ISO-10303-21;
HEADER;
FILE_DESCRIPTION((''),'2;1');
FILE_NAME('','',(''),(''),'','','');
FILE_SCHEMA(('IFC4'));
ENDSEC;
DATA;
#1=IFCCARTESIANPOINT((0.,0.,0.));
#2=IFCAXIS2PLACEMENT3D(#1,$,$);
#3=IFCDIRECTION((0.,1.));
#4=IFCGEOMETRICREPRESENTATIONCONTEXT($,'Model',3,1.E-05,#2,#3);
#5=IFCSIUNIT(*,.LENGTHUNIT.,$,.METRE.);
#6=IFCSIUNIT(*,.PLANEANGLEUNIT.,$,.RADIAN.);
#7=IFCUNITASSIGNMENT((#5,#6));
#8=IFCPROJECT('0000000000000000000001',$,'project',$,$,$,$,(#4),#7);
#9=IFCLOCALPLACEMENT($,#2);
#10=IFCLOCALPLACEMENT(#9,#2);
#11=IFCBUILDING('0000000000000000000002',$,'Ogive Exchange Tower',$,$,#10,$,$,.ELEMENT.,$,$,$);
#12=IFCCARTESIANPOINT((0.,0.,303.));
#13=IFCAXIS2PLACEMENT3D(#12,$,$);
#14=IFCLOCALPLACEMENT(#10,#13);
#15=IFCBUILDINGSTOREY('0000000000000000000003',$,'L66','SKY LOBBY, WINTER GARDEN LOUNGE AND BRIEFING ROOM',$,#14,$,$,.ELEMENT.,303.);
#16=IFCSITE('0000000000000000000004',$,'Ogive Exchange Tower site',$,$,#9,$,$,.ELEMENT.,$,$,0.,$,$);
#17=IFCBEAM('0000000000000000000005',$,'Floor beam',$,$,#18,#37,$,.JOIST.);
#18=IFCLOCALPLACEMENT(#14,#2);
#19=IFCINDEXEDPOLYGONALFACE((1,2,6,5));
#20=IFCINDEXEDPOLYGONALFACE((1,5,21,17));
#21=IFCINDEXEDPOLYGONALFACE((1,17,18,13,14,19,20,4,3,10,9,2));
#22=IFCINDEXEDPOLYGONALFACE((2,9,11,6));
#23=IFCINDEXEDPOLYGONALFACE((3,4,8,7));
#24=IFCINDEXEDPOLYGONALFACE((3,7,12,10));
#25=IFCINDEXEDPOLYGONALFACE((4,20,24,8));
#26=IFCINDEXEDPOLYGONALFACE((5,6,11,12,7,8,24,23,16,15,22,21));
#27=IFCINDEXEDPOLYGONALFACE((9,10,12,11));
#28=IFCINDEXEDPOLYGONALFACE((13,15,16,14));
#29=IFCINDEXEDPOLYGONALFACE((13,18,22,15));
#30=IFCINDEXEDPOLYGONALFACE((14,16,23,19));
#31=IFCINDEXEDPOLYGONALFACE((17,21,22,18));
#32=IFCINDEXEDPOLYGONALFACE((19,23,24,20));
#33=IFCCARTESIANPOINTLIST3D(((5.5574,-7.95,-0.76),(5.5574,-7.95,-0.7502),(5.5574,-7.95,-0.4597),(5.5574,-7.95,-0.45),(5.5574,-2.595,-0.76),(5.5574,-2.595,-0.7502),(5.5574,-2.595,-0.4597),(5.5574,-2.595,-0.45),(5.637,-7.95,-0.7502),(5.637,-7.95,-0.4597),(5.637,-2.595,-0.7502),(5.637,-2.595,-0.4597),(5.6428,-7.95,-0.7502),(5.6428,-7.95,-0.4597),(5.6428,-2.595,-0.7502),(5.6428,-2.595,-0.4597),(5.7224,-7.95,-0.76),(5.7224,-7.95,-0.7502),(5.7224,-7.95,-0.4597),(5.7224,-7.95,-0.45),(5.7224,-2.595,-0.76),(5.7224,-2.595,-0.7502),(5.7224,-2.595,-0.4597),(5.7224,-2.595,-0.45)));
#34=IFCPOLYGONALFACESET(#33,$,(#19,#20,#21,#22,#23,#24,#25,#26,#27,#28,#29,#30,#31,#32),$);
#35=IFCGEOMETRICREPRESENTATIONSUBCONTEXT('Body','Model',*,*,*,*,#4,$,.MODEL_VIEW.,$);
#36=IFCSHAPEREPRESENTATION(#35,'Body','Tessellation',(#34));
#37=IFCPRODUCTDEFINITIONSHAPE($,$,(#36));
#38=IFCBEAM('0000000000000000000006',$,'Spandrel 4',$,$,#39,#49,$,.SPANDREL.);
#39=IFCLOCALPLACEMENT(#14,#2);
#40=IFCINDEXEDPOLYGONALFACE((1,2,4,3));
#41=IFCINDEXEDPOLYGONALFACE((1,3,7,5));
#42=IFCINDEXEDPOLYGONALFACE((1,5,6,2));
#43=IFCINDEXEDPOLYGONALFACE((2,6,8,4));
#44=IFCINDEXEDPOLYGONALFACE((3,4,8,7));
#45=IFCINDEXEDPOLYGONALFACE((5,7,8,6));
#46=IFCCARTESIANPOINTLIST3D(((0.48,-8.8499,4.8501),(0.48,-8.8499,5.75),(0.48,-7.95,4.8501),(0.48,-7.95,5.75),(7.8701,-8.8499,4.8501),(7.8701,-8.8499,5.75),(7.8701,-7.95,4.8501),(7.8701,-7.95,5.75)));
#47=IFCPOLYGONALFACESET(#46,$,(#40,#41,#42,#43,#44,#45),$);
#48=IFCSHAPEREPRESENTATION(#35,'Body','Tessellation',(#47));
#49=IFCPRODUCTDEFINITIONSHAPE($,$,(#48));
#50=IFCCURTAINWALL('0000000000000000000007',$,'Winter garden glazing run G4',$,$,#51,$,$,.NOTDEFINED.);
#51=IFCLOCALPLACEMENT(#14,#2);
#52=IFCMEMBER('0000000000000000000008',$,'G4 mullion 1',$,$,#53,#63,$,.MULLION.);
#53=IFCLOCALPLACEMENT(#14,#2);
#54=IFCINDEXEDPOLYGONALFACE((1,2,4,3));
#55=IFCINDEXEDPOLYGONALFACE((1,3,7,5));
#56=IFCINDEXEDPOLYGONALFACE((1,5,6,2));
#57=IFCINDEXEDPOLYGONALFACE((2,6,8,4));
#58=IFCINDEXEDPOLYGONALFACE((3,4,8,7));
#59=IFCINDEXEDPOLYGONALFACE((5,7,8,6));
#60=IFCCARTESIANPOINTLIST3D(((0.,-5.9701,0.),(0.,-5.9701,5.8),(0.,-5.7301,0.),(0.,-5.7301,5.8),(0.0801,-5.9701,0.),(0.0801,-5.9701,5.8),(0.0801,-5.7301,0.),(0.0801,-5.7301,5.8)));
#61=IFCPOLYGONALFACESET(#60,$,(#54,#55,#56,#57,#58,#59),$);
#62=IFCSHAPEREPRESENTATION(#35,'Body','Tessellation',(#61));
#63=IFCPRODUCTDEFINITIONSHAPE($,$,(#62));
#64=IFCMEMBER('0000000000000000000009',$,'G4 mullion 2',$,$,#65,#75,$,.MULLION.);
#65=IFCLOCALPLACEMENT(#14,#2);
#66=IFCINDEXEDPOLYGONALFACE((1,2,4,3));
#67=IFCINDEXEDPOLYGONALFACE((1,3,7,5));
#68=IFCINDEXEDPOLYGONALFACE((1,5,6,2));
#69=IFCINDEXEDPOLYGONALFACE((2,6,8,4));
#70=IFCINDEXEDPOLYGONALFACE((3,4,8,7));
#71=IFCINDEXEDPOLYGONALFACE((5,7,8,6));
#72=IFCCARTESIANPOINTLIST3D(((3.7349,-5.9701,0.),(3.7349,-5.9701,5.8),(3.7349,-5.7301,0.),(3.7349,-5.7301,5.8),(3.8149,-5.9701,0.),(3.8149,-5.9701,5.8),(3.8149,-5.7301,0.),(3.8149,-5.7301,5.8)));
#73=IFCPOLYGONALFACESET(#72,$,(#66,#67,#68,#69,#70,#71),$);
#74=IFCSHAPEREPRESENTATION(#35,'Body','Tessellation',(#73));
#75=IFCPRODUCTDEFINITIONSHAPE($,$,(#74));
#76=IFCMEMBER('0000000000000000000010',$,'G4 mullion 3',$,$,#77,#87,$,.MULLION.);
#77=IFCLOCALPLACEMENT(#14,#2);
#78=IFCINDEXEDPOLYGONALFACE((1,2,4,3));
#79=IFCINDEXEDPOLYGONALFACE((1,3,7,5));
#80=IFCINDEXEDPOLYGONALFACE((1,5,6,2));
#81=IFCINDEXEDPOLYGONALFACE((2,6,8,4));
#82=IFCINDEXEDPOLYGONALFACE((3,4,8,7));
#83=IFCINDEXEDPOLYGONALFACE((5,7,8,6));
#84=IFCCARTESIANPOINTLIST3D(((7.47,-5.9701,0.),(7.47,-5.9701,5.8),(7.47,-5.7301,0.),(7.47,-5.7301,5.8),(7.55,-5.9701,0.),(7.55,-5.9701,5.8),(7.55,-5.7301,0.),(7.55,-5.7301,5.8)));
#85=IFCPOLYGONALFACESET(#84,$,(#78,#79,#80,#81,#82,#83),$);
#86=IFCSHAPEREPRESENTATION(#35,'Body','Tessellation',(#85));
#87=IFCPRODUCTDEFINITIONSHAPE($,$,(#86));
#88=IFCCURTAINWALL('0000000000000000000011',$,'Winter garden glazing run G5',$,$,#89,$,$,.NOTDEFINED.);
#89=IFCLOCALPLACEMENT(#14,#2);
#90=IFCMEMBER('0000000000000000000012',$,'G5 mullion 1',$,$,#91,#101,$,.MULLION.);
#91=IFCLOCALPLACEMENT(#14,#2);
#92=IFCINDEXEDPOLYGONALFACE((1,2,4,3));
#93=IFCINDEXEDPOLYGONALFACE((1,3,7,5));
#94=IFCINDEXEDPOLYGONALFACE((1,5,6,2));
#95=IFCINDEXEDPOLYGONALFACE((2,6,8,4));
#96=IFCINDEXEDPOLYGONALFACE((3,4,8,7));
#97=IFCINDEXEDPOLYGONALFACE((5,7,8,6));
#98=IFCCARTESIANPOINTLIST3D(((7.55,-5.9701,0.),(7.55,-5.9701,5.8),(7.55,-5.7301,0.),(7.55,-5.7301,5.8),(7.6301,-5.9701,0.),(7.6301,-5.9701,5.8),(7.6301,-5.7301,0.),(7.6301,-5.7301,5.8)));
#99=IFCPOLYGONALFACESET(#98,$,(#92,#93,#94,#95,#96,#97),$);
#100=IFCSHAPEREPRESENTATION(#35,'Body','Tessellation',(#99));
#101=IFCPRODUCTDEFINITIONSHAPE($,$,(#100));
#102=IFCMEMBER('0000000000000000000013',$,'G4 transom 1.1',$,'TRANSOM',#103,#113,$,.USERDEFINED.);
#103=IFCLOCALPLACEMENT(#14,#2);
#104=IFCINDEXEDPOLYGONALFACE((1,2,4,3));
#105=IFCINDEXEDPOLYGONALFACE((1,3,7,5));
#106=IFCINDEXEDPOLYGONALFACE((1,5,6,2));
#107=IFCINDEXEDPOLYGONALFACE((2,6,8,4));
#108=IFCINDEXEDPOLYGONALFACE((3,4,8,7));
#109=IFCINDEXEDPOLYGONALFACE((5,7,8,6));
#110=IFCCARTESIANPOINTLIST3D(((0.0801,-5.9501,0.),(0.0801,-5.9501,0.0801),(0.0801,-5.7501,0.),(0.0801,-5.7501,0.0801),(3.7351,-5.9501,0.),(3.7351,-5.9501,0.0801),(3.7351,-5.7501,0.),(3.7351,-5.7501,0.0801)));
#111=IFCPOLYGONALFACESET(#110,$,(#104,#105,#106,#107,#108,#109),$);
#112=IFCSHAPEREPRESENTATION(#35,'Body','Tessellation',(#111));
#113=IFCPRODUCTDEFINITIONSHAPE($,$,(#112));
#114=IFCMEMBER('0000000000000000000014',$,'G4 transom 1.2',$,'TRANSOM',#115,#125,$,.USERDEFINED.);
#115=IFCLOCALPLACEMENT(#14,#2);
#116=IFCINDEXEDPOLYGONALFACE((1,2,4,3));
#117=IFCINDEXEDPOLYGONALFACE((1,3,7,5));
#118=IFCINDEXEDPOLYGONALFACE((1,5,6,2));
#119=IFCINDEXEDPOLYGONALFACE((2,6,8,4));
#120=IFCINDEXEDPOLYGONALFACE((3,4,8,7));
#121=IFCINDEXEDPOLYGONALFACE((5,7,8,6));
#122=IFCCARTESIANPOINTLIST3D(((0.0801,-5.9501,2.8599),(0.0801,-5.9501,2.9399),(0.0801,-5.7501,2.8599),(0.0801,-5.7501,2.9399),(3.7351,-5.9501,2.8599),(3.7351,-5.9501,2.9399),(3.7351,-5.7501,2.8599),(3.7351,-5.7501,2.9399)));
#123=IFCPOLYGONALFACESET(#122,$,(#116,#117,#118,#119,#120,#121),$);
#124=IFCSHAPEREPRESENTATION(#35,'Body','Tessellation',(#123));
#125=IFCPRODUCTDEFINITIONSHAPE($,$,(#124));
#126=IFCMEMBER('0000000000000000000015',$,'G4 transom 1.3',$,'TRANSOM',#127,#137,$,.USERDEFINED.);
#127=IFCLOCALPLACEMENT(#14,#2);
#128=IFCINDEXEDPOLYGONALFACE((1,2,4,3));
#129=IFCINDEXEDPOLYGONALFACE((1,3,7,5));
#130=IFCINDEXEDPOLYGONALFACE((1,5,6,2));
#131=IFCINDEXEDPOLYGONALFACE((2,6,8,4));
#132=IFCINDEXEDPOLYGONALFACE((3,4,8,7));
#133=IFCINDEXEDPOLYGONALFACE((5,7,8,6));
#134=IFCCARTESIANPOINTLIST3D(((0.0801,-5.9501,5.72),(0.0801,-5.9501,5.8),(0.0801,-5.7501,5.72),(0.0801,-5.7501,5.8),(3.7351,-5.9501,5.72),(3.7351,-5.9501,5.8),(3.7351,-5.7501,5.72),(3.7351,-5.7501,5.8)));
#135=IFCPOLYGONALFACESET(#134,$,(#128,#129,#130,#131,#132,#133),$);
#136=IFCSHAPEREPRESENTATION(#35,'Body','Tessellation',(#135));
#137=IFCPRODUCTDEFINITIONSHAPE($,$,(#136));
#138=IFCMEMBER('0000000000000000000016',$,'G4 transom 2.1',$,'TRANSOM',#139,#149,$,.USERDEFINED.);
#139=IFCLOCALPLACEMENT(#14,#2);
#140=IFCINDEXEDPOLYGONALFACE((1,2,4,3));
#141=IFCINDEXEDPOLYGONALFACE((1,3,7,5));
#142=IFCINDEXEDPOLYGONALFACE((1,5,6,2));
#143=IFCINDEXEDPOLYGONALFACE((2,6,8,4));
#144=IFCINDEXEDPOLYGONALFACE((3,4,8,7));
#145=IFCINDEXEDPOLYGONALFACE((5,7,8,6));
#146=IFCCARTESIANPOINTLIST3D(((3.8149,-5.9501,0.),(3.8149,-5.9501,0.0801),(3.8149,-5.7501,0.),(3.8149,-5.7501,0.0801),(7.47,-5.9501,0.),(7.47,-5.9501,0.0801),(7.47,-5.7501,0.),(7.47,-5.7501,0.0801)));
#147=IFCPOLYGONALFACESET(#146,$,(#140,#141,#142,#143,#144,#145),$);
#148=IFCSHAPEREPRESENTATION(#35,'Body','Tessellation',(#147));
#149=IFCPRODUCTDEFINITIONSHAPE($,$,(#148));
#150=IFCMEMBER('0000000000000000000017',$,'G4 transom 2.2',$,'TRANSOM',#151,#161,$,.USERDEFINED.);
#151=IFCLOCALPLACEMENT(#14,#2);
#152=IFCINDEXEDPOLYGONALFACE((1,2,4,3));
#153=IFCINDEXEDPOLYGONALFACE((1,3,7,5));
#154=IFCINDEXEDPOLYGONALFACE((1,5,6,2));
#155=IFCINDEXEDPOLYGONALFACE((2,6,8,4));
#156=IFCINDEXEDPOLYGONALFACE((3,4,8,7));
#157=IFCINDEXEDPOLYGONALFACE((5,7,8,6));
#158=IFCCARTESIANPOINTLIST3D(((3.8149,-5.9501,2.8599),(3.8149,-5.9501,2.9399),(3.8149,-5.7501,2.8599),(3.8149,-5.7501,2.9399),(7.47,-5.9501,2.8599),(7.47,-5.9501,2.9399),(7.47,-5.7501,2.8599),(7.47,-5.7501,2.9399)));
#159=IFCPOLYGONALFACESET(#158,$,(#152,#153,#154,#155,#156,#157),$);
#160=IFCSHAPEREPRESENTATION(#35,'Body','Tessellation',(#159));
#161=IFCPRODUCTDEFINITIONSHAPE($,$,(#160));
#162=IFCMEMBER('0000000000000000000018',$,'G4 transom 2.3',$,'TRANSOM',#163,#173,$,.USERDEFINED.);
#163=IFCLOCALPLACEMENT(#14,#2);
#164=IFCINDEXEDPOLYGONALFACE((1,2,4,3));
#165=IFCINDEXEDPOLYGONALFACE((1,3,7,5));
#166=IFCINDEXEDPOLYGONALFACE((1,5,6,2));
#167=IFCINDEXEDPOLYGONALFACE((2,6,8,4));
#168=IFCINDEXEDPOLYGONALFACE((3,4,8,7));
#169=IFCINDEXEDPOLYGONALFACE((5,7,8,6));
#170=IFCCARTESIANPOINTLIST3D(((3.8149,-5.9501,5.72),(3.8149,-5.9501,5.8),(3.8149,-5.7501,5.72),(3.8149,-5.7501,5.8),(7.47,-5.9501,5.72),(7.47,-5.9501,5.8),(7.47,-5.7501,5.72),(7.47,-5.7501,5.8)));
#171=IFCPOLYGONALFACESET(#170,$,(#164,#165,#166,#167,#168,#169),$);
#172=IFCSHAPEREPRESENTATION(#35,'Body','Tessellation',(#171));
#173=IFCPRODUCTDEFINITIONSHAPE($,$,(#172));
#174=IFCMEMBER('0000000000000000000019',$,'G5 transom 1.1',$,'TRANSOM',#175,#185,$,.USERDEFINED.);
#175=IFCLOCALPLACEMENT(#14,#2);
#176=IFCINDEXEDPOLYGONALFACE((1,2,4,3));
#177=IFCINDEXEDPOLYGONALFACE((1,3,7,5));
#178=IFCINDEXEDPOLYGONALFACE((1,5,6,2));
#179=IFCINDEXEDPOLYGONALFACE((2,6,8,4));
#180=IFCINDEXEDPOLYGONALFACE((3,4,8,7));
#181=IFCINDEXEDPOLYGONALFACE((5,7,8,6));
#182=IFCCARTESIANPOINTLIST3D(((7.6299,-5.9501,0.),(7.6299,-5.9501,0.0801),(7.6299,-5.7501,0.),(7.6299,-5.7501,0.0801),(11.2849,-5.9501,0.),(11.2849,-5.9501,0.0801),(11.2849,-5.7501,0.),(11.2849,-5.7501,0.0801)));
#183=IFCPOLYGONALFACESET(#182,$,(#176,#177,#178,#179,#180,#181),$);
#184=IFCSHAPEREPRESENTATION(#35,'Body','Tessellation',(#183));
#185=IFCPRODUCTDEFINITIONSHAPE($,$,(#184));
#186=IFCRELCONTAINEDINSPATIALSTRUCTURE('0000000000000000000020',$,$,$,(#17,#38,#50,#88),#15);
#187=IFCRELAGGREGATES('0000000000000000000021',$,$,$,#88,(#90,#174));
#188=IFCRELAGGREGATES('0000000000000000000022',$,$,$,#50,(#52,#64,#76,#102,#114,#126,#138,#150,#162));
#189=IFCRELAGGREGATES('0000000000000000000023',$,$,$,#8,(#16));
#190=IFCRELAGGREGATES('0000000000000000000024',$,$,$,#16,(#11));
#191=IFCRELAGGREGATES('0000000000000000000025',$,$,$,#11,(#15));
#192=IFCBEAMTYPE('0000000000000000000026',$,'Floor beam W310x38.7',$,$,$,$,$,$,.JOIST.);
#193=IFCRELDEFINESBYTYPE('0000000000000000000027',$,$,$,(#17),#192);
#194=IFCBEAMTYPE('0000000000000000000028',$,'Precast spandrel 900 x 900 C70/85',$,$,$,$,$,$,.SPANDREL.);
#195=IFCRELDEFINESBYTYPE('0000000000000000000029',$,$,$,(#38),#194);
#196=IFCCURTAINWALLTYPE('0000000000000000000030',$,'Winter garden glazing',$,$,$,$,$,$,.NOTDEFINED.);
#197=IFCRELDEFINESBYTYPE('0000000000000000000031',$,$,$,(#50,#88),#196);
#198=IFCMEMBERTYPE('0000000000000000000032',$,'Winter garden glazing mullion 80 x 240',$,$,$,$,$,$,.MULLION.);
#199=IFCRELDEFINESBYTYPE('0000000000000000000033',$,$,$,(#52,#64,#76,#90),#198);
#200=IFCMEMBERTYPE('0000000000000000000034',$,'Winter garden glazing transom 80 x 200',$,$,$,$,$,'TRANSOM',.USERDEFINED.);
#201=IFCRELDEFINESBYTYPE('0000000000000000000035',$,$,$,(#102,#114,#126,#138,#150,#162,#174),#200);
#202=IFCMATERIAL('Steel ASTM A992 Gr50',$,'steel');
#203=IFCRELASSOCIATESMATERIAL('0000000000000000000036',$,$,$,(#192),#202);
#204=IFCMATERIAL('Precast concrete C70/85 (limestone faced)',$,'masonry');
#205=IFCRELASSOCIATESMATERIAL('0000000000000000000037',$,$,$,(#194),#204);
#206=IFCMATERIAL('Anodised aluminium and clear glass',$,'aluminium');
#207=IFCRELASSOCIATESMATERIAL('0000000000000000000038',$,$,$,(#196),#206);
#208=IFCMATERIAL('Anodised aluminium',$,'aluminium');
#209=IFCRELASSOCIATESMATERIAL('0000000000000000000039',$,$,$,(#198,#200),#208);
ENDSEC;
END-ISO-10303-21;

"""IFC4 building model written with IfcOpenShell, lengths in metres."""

from ifc_helpers import new_model, si_unit, direction, frame, origin, origin_2d, place, context, subcontext, project, spatial, rectangle, i_section, extrude, material, material_profile, profile_set, type_object, element, aggregate, save


model = new_model("IFC4")

# Units and contexts
model_context = context("Model", 3, precision=1e-05, world=origin(), true_north=direction((0.0, 1.0)))
body_context = subcontext(model_context, "Body", "Model", "MODEL_VIEW")
ifc_project = project(units=[si_unit("LENGTHUNIT", "METRE"), si_unit("PLANEANGLEUNIT", "RADIAN")], contexts=[model_context])

# Site, building, storey
site_placement = place(None, origin())
site = spatial("IfcSite", under=ifc_project, at=site_placement, Name="Ogive Exchange Tower site", CompositionType="ELEMENT", RefElevation=0.0)
building_placement = place(site_placement, origin())
building = spatial("IfcBuilding", under=site, at=building_placement, Name="Ogive Exchange Tower", CompositionType="ELEMENT")
storey_placement = place(building_placement, frame((0.0, 0.0, 303.0)))
storey = spatial("IfcBuildingStorey", under=building, at=storey_placement, Name="L66", Description="SKY LOBBY, WINTER GARDEN LOUNGE AND BRIEFING ROOM", CompositionType="ELEMENT", Elevation=303.0)

# Beams
ifc_material_1 = material(Name="Steel ASTM A992 Gr50", Category="steel")
ifc_material_profile_1 = material_profile(ifc_material_1, i_section(OverallWidth=0.165, OverallDepth=0.3101, WebThickness=0.0059, FlangeThickness=0.0098, at=origin_2d()), Name="W310x38.7")
ifc_profile_set_1 = profile_set([ifc_material_profile_1], Name="Steel ASTM A992 Gr50")
beam_type_1 = type_object("IfcBeamType", Name="Floor beam W310x38.7", PredefinedType="JOIST", material=ifc_profile_set_1)
beam_1_placement = place(storey_placement, frame((5.6399, -7.95, -0.605), z_axis=(0.0, 1.0, 0.0), x_axis=(-1.0, 0.0, 0.0)))
element("IfcBeam", 1, at=beam_1_placement, inside=storey, type_object=beam_type_1, Name="Floor beam", PredefinedType="JOIST", context=body_context, shape_type="SweptSolid", body=[
    extrude(i_section(OverallWidth=0.165, OverallDepth=0.3101, WebThickness=0.0059, FlangeThickness=0.0098, at=origin_2d()), origin(), (0.0, 0.0, 1.0), 5.355),
])
ifc_material_2 = material(Name="Precast concrete C70/85 (limestone faced)", Category="masonry")
ifc_material_profile_2 = material_profile(ifc_material_2, rectangle(XDim=0.8999, YDim=0.8999, at=origin_2d()), Name="900 x 900")
ifc_profile_set_2 = profile_set([ifc_material_profile_2], Name="Precast concrete C70/85 (limestone faced)")
beam_type_2 = type_object("IfcBeamType", Name="Precast spandrel 900 x 900 C70/85", PredefinedType="SPANDREL", material=ifc_profile_set_2)
beam_2_placement = place(storey_placement, frame((0.48, -8.3999, 5.3), z_axis=(1.0, 0.0, 0.0), x_axis=(0.0, 1.0, 0.0)))
element("IfcBeam", 2, at=beam_2_placement, inside=storey, type_object=beam_type_2, Name="Spandrel 4", PredefinedType="SPANDREL", context=body_context, shape_type="SweptSolid", body=[
    extrude(rectangle(XDim=0.8999, YDim=0.8999, at=origin_2d()), origin(), (0.0, 0.0, 1.0), 7.3901),
])

# Curtain wall, members
ifc_material_3 = material(Name="Anodised aluminium and clear glass", Category="aluminium")
curtain_wall_type = type_object("IfcCurtainWallType", Name="Winter garden glazing", PredefinedType="NOTDEFINED", material=ifc_material_3)
curtain_wall_1_placement = place(storey_placement, origin())
curtain_wall_1 = element("IfcCurtainWall", 3, at=curtain_wall_1_placement, inside=storey, type_object=curtain_wall_type, Name="Winter garden glazing run G4", PredefinedType="NOTDEFINED")
ifc_material_4 = material(Name="Anodised aluminium", Category="aluminium")
ifc_material_profile_3 = material_profile(ifc_material_4, rectangle(XDim=0.24, YDim=0.0801, at=origin_2d()), Name="AL 80x240")
ifc_profile_set_3 = profile_set([ifc_material_profile_3], Name="Anodised aluminium")
member_type_1 = type_object("IfcMemberType", Name="Winter garden glazing mullion 80 x 240", PredefinedType="MULLION", material=ifc_profile_set_3)
member_1_placement = place(storey_placement, frame((0.04, -5.8501, 0.0), z_axis=(0.0, 0.0, 1.0), x_axis=(0.0, 1.0, 0.0)))
member_1 = element("IfcMember", 4, at=member_1_placement, type_object=member_type_1, Name="G4 mullion 1", PredefinedType="MULLION", context=body_context, shape_type="SweptSolid", body=[
    extrude(rectangle(XDim=0.24, YDim=0.0801, at=origin_2d()), origin(), (0.0, 0.0, 1.0), 5.8),
])
member_2_placement = place(storey_placement, frame((3.7749, -5.8501, 0.0), z_axis=(0.0, 0.0, 1.0), x_axis=(0.0, 1.0, 0.0)))
member_2 = element("IfcMember", 5, at=member_2_placement, type_object=member_type_1, Name="G4 mullion 2", PredefinedType="MULLION", context=body_context, shape_type="SweptSolid", body=[
    extrude(rectangle(XDim=0.24, YDim=0.0801, at=origin_2d()), origin(), (0.0, 0.0, 1.0), 5.8),
])
member_3_placement = place(storey_placement, frame((7.51, -5.8501, 0.0), z_axis=(0.0, 0.0, 1.0), x_axis=(0.0, 1.0, 0.0)))
member_3 = element("IfcMember", 6, at=member_3_placement, type_object=member_type_1, Name="G4 mullion 3", PredefinedType="MULLION", context=body_context, shape_type="SweptSolid", body=[
    extrude(rectangle(XDim=0.24, YDim=0.0801, at=origin_2d()), origin(), (0.0, 0.0, 1.0), 5.8),
])

# Curtain wall, member
curtain_wall_2_placement = place(storey_placement, origin())
curtain_wall_2 = element("IfcCurtainWall", 7, at=curtain_wall_2_placement, inside=storey, type_object=curtain_wall_type, Name="Winter garden glazing run G5", PredefinedType="NOTDEFINED")
member_4_placement = place(storey_placement, frame((7.5901, -5.8501, 0.0), z_axis=(0.0, 0.0, 1.0), x_axis=(0.0, 1.0, 0.0)))
member_4 = element("IfcMember", 8, at=member_4_placement, type_object=member_type_1, Name="G5 mullion 1", PredefinedType="MULLION", context=body_context, shape_type="SweptSolid", body=[
    extrude(rectangle(XDim=0.24, YDim=0.0801, at=origin_2d()), origin(), (0.0, 0.0, 1.0), 5.8),
])

# Members
ifc_material_profile_4 = material_profile(ifc_material_4, rectangle(XDim=0.2, YDim=0.0801, at=origin_2d()), Name="AL 80x200")
ifc_profile_set_4 = profile_set([ifc_material_profile_4], Name="Anodised aluminium")
member_type_2 = type_object("IfcMemberType", Name="Winter garden glazing transom 80 x 200", ElementType="TRANSOM", PredefinedType="USERDEFINED", material=ifc_profile_set_4)
member_5_placement = place(storey_placement, frame((0.0801, -5.8501, 0.04), z_axis=(1.0, 0.0, 0.0), x_axis=(0.0, 1.0, 0.0)))
member_5 = element("IfcMember", 9, at=member_5_placement, type_object=member_type_2, Name="G4 transom 1.1", ObjectType="TRANSOM", PredefinedType="USERDEFINED", context=body_context, shape_type="SweptSolid", body=[
    extrude(rectangle(XDim=0.2, YDim=0.0801, at=origin_2d()), origin(), (0.0, 0.0, 1.0), 3.655),
])
member_6_placement = place(storey_placement, frame((0.0801, -5.8501, 2.8999), z_axis=(1.0, 0.0, 0.0), x_axis=(0.0, 1.0, 0.0)))
member_6 = element("IfcMember", 10, at=member_6_placement, type_object=member_type_2, Name="G4 transom 1.2", ObjectType="TRANSOM", PredefinedType="USERDEFINED", context=body_context, shape_type="SweptSolid", body=[
    extrude(rectangle(XDim=0.2, YDim=0.0801, at=origin_2d()), origin(), (0.0, 0.0, 1.0), 3.655),
])
member_7_placement = place(storey_placement, frame((0.0801, -5.8501, 5.76), z_axis=(1.0, 0.0, 0.0), x_axis=(0.0, 1.0, 0.0)))
member_7 = element("IfcMember", 11, at=member_7_placement, type_object=member_type_2, Name="G4 transom 1.3", ObjectType="TRANSOM", PredefinedType="USERDEFINED", context=body_context, shape_type="SweptSolid", body=[
    extrude(rectangle(XDim=0.2, YDim=0.0801, at=origin_2d()), origin(), (0.0, 0.0, 1.0), 3.655),
])
member_8_placement = place(storey_placement, frame((3.8149, -5.8501, 0.04), z_axis=(1.0, 0.0, 0.0), x_axis=(0.0, 1.0, 0.0)))
member_8 = element("IfcMember", 12, at=member_8_placement, type_object=member_type_2, Name="G4 transom 2.1", ObjectType="TRANSOM", PredefinedType="USERDEFINED", context=body_context, shape_type="SweptSolid", body=[
    extrude(rectangle(XDim=0.2, YDim=0.0801, at=origin_2d()), origin(), (0.0, 0.0, 1.0), 3.655),
])
member_9_placement = place(storey_placement, frame((3.8149, -5.8501, 2.8999), z_axis=(1.0, 0.0, 0.0), x_axis=(0.0, 1.0, 0.0)))
member_9 = element("IfcMember", 13, at=member_9_placement, type_object=member_type_2, Name="G4 transom 2.2", ObjectType="TRANSOM", PredefinedType="USERDEFINED", context=body_context, shape_type="SweptSolid", body=[
    extrude(rectangle(XDim=0.2, YDim=0.0801, at=origin_2d()), origin(), (0.0, 0.0, 1.0), 3.655),
])
member_10_placement = place(storey_placement, frame((3.8149, -5.8501, 5.76), z_axis=(1.0, 0.0, 0.0), x_axis=(0.0, 1.0, 0.0)))
member_10 = element("IfcMember", 14, at=member_10_placement, type_object=member_type_2, Name="G4 transom 2.3", ObjectType="TRANSOM", PredefinedType="USERDEFINED", context=body_context, shape_type="SweptSolid", body=[
    extrude(rectangle(XDim=0.2, YDim=0.0801, at=origin_2d()), origin(), (0.0, 0.0, 1.0), 3.655),
])
member_11_placement = place(storey_placement, frame((7.6299, -5.8501, 0.04), z_axis=(1.0, 0.0, 0.0), x_axis=(0.0, 1.0, 0.0)))
member_11 = element("IfcMember", 15, at=member_11_placement, type_object=member_type_2, Name="G5 transom 1.1", ObjectType="TRANSOM", PredefinedType="USERDEFINED", context=body_context, shape_type="SweptSolid", body=[
    extrude(rectangle(XDim=0.2, YDim=0.0801, at=origin_2d()), origin(), (0.0, 0.0, 1.0), 3.655),
])
aggregate(curtain_wall_2, [member_4, member_11])

aggregate(curtain_wall_1, [member_1, member_2, member_3, member_5, member_6, member_7, member_8, member_9, member_10])

save(model, "model.ifc")
